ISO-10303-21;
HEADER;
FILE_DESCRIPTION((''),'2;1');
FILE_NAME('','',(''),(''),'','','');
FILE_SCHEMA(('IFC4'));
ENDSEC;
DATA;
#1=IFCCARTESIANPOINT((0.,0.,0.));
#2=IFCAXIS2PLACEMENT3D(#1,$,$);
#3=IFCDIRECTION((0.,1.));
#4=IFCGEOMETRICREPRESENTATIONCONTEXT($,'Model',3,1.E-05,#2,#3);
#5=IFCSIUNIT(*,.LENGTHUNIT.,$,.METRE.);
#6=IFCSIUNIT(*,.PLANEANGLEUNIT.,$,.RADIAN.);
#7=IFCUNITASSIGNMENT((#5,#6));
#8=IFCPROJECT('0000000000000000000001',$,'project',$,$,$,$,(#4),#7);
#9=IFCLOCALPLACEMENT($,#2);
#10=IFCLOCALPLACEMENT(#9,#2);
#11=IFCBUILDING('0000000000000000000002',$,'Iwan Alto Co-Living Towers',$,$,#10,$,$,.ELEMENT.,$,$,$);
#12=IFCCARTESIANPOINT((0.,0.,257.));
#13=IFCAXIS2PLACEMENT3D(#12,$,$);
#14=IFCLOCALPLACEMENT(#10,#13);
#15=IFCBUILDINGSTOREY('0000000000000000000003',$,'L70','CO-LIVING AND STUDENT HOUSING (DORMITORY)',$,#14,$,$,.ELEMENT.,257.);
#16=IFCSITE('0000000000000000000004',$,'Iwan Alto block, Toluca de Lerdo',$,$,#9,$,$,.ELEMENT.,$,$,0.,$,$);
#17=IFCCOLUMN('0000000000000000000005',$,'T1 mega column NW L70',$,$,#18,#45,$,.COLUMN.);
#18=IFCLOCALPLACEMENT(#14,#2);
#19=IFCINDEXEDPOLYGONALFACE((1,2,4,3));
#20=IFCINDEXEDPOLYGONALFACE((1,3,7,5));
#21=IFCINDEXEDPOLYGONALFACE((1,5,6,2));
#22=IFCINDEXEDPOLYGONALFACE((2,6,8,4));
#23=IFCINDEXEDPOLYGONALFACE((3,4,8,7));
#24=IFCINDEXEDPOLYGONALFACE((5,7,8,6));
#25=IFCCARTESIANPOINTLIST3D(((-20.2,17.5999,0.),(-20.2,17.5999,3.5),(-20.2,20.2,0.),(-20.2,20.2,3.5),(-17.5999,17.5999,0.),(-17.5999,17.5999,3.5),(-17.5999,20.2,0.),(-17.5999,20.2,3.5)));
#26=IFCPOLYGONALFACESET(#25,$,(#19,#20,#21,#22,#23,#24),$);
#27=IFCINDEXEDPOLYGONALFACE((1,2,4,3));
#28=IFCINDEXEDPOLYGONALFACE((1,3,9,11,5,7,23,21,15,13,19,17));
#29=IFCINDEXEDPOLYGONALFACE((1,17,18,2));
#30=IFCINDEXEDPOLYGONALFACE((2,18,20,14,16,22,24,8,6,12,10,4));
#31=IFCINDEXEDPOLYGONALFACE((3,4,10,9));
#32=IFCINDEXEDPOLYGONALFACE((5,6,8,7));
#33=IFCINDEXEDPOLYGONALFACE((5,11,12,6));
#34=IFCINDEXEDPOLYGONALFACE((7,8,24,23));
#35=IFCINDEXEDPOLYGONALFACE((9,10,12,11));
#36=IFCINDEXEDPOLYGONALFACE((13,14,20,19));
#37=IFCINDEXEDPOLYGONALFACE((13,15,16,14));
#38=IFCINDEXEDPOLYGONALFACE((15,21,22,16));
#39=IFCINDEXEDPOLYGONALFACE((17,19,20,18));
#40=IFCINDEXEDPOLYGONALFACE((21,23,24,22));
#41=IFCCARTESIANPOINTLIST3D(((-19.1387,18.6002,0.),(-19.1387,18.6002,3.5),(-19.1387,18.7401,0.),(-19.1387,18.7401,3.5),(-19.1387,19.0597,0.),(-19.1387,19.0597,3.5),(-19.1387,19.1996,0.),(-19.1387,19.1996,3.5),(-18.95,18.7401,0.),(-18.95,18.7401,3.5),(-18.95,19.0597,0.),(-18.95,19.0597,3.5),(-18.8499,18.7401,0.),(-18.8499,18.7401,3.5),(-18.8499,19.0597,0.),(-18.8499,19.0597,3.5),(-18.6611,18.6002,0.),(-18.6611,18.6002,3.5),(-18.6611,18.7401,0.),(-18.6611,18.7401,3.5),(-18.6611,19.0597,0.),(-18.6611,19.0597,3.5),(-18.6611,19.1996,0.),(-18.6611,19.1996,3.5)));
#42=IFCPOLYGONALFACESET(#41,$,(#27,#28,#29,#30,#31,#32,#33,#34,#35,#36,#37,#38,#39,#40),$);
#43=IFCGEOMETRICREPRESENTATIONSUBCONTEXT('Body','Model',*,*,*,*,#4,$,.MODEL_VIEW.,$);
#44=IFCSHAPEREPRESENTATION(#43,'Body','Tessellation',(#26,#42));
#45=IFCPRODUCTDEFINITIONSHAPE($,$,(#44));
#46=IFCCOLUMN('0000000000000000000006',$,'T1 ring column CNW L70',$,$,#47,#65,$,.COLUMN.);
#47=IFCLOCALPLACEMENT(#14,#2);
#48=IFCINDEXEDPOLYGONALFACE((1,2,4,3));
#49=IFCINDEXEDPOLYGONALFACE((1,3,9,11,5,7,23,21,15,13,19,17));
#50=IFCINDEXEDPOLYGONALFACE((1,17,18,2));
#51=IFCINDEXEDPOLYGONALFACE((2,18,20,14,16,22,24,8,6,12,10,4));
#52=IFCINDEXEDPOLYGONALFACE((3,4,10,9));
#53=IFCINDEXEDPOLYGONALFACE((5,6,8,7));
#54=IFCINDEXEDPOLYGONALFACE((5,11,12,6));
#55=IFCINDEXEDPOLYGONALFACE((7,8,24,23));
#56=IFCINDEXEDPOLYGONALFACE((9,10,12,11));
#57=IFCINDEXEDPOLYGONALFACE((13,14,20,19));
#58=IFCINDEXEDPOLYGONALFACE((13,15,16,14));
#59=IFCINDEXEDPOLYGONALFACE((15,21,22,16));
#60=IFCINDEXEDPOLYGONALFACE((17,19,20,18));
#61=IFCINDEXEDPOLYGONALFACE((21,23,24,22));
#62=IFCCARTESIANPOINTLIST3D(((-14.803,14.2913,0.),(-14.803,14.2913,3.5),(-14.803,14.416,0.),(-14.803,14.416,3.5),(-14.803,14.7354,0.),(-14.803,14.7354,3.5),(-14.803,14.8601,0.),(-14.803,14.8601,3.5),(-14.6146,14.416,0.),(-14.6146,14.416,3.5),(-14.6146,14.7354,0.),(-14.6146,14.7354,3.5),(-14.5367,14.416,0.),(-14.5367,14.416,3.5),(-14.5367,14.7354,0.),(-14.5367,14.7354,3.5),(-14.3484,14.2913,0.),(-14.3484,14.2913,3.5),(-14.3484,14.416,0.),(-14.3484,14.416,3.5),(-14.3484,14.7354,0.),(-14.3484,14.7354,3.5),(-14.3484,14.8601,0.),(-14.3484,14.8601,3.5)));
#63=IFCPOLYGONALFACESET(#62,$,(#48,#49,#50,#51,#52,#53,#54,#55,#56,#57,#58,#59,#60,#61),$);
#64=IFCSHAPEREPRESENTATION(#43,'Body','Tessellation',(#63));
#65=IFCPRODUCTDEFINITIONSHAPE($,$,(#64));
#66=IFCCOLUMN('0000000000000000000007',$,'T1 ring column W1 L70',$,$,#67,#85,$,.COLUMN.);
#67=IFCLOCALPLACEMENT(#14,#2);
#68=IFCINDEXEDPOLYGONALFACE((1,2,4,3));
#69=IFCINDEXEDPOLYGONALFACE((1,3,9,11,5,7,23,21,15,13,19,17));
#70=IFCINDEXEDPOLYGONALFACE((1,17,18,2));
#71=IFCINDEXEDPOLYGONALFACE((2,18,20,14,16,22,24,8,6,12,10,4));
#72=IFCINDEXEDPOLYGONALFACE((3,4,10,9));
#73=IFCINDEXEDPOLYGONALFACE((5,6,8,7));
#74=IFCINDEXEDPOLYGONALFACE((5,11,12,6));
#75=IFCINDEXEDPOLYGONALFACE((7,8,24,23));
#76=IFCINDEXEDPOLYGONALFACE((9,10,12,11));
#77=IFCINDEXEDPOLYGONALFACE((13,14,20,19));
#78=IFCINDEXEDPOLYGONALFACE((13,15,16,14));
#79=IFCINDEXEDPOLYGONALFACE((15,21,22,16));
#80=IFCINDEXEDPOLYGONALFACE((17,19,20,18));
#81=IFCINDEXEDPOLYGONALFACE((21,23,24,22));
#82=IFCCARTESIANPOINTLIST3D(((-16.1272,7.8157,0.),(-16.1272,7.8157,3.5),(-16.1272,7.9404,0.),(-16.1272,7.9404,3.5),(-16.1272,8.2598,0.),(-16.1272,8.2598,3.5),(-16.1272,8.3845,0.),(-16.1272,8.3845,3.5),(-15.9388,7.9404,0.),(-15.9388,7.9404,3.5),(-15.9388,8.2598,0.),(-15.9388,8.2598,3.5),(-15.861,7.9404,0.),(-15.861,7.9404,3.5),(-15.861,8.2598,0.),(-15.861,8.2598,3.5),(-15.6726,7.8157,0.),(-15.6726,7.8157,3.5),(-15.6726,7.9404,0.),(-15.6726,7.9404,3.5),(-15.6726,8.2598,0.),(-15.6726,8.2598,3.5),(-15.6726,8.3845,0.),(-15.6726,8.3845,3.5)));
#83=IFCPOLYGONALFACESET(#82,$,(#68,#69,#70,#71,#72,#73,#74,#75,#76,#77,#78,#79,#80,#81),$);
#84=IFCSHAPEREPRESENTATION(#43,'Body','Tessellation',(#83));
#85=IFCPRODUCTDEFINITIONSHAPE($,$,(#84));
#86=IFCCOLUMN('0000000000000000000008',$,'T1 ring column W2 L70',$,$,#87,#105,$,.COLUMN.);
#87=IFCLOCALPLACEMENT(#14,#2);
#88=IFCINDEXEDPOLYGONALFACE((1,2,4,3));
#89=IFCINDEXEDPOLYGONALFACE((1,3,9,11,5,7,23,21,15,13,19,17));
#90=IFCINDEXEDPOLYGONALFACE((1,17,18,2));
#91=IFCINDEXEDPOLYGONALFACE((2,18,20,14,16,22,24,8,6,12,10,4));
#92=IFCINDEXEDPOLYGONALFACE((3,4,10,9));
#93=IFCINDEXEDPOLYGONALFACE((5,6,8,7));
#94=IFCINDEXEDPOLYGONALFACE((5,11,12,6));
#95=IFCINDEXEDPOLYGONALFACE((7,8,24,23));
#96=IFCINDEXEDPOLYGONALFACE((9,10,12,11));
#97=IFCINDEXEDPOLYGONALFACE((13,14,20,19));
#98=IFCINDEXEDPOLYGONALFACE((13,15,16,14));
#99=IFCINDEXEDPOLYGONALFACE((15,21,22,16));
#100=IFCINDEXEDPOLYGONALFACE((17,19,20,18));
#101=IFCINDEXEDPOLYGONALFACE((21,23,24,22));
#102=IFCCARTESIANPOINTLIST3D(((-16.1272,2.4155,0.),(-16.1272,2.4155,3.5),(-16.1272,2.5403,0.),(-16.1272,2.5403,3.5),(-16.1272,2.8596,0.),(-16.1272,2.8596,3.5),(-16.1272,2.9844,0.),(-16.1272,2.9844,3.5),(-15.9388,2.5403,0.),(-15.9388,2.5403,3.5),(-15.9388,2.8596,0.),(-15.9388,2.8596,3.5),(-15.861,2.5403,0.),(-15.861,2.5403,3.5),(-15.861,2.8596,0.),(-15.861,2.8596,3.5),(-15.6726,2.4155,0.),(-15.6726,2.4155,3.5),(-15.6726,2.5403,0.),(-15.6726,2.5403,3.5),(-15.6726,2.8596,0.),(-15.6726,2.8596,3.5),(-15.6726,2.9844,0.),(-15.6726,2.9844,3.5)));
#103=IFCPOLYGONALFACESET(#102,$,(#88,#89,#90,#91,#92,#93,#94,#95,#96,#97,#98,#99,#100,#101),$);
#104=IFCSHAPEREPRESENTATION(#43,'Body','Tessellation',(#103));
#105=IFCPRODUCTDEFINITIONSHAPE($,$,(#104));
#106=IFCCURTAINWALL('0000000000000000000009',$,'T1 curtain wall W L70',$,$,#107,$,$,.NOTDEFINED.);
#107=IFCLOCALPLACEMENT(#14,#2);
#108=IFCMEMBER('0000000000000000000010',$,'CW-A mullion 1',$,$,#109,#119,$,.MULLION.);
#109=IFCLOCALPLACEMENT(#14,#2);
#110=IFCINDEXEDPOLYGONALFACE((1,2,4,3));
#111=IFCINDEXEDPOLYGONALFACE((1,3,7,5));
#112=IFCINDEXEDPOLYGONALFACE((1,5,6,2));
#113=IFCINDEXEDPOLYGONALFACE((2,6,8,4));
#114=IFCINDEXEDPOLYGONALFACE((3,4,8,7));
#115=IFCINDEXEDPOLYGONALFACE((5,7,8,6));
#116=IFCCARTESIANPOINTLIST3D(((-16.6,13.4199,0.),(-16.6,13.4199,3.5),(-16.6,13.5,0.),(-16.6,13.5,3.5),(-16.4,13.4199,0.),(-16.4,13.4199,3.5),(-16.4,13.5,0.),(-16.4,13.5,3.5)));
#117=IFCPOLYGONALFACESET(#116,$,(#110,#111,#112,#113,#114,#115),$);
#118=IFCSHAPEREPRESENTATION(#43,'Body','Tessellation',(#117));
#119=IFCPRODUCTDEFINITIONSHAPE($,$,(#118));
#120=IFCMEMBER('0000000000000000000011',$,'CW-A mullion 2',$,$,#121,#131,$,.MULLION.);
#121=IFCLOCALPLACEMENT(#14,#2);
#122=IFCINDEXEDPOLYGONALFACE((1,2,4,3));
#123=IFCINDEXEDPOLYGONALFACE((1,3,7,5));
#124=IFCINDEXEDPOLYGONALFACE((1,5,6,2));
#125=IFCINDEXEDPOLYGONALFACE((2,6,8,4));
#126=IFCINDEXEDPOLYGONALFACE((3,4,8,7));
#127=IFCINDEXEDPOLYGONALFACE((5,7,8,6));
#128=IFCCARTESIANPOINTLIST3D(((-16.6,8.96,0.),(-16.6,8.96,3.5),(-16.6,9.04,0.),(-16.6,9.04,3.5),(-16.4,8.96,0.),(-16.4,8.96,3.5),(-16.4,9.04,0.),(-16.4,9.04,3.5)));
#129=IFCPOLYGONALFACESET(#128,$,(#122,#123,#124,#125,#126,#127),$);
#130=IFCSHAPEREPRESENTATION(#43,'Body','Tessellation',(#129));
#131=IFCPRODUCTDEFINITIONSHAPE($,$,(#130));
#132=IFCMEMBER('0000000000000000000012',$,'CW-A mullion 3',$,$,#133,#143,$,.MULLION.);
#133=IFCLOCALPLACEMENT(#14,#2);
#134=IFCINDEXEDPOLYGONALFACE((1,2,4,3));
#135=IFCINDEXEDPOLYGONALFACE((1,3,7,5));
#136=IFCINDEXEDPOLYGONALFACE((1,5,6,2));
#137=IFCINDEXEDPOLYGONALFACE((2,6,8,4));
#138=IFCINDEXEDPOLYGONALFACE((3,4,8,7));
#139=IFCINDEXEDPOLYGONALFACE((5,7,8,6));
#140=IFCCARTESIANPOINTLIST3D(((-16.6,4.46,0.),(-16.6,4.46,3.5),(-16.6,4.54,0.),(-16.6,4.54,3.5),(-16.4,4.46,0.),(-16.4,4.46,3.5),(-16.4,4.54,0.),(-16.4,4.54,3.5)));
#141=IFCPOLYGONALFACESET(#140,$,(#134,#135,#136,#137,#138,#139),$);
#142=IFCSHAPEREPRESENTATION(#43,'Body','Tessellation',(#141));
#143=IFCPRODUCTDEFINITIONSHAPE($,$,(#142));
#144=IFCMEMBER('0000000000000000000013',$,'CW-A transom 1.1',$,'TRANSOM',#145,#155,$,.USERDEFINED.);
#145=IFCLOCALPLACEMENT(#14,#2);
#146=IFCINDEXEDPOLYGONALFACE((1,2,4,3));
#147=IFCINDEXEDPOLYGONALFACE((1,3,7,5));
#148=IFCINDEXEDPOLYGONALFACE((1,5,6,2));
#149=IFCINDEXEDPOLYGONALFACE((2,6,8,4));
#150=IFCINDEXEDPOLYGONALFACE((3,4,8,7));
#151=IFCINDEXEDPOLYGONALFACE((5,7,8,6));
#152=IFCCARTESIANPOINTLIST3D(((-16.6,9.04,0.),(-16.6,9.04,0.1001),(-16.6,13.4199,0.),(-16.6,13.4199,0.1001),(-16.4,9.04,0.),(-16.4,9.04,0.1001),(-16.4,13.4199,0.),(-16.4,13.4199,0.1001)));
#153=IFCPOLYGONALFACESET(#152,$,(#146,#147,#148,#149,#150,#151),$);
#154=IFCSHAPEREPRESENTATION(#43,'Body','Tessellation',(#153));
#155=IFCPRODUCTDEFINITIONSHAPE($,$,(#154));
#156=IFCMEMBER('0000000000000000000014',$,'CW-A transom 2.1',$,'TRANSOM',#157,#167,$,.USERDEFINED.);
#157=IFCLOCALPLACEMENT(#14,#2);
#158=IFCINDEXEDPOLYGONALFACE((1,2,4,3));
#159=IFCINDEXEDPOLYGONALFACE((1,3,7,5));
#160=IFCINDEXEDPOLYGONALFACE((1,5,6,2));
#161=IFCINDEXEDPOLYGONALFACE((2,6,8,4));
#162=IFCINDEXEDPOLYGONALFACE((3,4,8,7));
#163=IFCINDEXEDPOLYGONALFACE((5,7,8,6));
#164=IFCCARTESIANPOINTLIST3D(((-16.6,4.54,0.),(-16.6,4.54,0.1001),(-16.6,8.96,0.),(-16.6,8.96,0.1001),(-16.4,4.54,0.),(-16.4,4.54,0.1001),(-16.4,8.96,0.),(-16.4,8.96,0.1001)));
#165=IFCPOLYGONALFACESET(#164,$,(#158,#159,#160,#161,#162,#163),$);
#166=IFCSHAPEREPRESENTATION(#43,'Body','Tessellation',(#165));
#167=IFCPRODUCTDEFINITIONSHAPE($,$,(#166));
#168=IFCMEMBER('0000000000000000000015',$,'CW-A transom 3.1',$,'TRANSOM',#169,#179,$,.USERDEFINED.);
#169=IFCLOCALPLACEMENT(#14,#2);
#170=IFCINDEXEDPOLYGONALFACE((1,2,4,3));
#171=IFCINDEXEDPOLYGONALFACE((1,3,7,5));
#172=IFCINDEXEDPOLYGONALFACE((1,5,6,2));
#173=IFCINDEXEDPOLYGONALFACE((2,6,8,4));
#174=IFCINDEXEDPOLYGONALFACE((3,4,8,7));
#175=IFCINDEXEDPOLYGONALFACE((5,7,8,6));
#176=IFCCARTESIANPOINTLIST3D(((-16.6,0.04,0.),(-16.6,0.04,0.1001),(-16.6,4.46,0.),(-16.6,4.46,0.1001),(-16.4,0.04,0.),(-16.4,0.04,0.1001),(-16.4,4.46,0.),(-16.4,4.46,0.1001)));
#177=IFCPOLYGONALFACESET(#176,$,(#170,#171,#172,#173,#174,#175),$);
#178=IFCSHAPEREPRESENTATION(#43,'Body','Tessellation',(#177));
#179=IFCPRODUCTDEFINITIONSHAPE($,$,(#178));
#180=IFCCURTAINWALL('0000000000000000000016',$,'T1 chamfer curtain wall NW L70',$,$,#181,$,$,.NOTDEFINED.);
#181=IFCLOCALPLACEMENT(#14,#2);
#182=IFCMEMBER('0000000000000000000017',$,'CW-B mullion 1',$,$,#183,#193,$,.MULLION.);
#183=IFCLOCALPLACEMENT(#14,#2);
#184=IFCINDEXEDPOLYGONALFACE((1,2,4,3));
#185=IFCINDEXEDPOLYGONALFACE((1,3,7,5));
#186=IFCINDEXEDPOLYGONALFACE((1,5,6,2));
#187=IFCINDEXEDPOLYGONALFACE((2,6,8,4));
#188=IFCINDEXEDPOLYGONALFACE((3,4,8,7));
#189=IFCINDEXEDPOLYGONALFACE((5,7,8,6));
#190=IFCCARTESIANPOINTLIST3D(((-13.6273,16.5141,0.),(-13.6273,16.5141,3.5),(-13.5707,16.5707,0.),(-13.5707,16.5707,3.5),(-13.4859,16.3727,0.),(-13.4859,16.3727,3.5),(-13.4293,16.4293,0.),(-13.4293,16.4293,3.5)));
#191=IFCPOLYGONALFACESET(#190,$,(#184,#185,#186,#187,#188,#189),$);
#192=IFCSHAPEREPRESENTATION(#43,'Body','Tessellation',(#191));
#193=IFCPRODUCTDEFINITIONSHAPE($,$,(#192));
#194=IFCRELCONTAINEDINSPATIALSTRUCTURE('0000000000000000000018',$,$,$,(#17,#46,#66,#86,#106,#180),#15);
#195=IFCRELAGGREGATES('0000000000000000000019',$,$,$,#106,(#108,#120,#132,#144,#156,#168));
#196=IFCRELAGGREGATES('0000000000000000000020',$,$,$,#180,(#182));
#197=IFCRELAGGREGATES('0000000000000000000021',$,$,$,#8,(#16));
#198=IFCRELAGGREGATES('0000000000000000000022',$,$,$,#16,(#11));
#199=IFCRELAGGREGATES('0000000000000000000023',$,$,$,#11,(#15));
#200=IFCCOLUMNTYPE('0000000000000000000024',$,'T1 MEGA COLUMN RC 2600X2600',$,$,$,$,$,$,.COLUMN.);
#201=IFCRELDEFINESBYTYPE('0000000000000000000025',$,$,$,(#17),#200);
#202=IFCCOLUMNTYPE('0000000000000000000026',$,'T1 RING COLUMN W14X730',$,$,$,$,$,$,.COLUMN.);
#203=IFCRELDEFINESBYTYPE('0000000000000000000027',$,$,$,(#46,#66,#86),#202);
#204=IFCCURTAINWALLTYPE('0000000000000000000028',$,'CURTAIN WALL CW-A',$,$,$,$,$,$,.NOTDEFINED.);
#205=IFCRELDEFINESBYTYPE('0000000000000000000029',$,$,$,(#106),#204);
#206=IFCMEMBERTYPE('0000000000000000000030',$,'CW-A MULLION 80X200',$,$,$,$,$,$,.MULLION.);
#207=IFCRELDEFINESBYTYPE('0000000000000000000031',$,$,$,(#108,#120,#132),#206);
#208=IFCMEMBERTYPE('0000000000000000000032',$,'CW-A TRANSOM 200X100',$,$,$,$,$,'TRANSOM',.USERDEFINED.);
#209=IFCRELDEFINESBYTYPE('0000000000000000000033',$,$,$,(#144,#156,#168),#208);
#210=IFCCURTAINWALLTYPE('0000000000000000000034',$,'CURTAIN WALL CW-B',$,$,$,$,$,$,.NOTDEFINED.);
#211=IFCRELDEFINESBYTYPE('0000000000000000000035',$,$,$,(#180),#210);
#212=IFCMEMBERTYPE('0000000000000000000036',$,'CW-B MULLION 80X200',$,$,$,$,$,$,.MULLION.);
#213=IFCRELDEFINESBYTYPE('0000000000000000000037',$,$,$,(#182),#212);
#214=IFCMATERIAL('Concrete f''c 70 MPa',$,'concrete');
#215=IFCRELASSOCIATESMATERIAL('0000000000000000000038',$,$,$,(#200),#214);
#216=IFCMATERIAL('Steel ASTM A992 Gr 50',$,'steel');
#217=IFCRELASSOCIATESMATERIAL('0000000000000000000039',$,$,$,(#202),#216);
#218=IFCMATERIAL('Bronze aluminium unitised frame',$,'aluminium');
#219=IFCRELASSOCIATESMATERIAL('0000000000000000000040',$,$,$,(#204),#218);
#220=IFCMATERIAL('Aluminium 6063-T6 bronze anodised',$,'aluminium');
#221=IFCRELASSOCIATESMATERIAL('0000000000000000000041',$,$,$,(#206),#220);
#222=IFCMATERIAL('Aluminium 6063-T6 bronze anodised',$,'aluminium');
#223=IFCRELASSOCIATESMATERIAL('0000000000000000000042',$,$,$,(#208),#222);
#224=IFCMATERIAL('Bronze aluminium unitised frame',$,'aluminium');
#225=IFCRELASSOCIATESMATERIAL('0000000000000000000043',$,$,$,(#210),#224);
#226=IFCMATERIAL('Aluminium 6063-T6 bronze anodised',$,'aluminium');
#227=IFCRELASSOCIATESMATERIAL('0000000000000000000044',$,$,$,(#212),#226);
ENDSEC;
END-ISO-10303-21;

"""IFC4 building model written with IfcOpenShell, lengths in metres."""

from ifc_helpers import new_model, si_unit, direction, frame, origin, origin_2d, place, context, subcontext, project, spatial, rectangle, i_section, extrude, material, material_profile, profile_set, type_object, element, aggregate, save


model = new_model("IFC4")

# Units and contexts
model_context = context("Model", 3, precision=1e-05, world=origin(), true_north=direction((0.0, 1.0)))
body_context = subcontext(model_context, "Body", "Model", "MODEL_VIEW")
ifc_project = project(units=[si_unit("LENGTHUNIT", "METRE"), si_unit("PLANEANGLEUNIT", "RADIAN")], contexts=[model_context])

# Site, building, storey
site_placement = place(None, origin())
site = spatial("IfcSite", under=ifc_project, at=site_placement, Name="Iwan Alto block, Toluca de Lerdo", CompositionType="ELEMENT", RefElevation=0.0)
building_placement = place(site_placement, origin())
building = spatial("IfcBuilding", under=site, at=building_placement, Name="Iwan Alto Co-Living Towers", CompositionType="ELEMENT")
storey_placement = place(building_placement, frame((0.0, 0.0, 257.0)))
storey = spatial("IfcBuildingStorey", under=building, at=storey_placement, Name="L70", Description="CO-LIVING AND STUDENT HOUSING (DORMITORY)", CompositionType="ELEMENT", Elevation=257.0)

# Columns
ifc_material_1 = material(Name="Concrete f'c 70 MPa", Category="concrete")
ifc_material_profile_1 = material_profile(ifc_material_1, rectangle(XDim=2.6001, YDim=2.6001, at=origin_2d()), Name="RC 2600X2600")
ifc_profile_set_1 = profile_set([ifc_material_profile_1], Name="Concrete f'c 70 MPa")
column_type_1 = type_object("IfcColumnType", Name="T1 MEGA COLUMN RC 2600X2600", PredefinedType="COLUMN", material=ifc_profile_set_1)
column_placement = place(storey_placement, frame((-18.8999, 18.8999, 0.0), z_axis=(0.0, 0.0, 1.0), x_axis=(1.0, 0.0, 0.0)))
element("IfcColumn", 1, at=column_placement, inside=storey, type_object=column_type_1, Name="T1 mega column NW L70", PredefinedType="COLUMN", context=body_context, shape_type="SweptSolid", body=[
    extrude(rectangle(XDim=2.6001, YDim=2.6001, at=origin_2d()), origin(), (0.0, 0.0, 1.0), 3.5),
    extrude(i_section(OverallWidth=0.4775, OverallDepth=0.5994, WebThickness=0.1001, FlangeThickness=0.1399, at=origin_2d()), origin(), (0.0, 0.0, 1.0), 3.5),
])
ifc_material_2 = material(Name="Steel ASTM A992 Gr 50", Category="steel")
ifc_material_profile_2 = material_profile(ifc_material_2, i_section(OverallWidth=0.4546, OverallDepth=0.5688, WebThickness=0.0779, FlangeThickness=0.1248, at=origin_2d()), Name="W14X730")
ifc_profile_set_2 = profile_set([ifc_material_profile_2], Name="Steel ASTM A992 Gr 50")
column_type_2 = type_object("IfcColumnType", Name="T1 RING COLUMN W14X730", PredefinedType="COLUMN", material=ifc_profile_set_2)
for number, where, z_axis, x_axis, name in (
    (2, (-14.5757, 14.5757, 0.0), (0.0, 0.0, 1.0), (1.0, 0.0, 0.0), "T1 ring column CNW L70"),
    (3, (-15.8999, 8.1001, 0.0), (0.0, 0.0, 1.0), (1.0, 0.0, 0.0), "T1 ring column W1 L70"),
    (4, (-15.8999, 2.7, 0.0), (0.0, 0.0, 1.0), (1.0, 0.0, 0.0), "T1 ring column W2 L70"),
):
    element("IfcColumn", number, at=place(storey_placement, frame(where, z_axis=z_axis, x_axis=x_axis)), inside=storey, type_object=column_type_2, Name=name, PredefinedType="COLUMN", context=body_context, shape_type="SweptSolid", body=[
        extrude(i_section(OverallWidth=0.4546, OverallDepth=0.5688, WebThickness=0.0779, FlangeThickness=0.1248, at=origin_2d()), origin(), (0.0, 0.0, 1.0), 3.5),
    ])

# Curtain walls, members
ifc_material_3 = material(Name="Bronze aluminium unitised frame", Category="aluminium")
curtain_wall_type_1 = type_object("IfcCurtainWallType", Name="CURTAIN WALL CW-A", PredefinedType="NOTDEFINED", material=ifc_material_3)
curtain_wall_1_placement = place(storey_placement, origin())
curtain_wall_1 = element("IfcCurtainWall", 5, at=curtain_wall_1_placement, inside=storey, type_object=curtain_wall_type_1, Name="T1 curtain wall W L70", PredefinedType="NOTDEFINED")
ifc_material_4 = material(Name="Aluminium 6063-T6 bronze anodised", Category="aluminium")
ifc_material_profile_3 = material_profile(ifc_material_4, rectangle(XDim=0.2, YDim=0.0801, at=origin_2d()), Name="AL 80X200")
ifc_profile_set_3 = profile_set([ifc_material_profile_3], Name="Aluminium 6063-T6 bronze anodised")
member_type_1 = type_object("IfcMemberType", Name="CW-A MULLION 80X200", PredefinedType="MULLION", material=ifc_profile_set_3)
member_1_placement = place(storey_placement, frame((-16.5, 13.46, 0.0), z_axis=(0.0, 0.0, 1.0), x_axis=(1.0, 0.0, 0.0)))
member_1 = element("IfcMember", 6, at=member_1_placement, type_object=member_type_1, Name="CW-A mullion 1", PredefinedType="MULLION", context=body_context, shape_type="SweptSolid", body=[
    extrude(rectangle(XDim=0.2, YDim=0.0801, at=origin_2d()), origin(), (0.0, 0.0, 1.0), 3.5),
])
member_2_placement = place(storey_placement, frame((-16.5, 9.0, 0.0), z_axis=(0.0, 0.0, 1.0), x_axis=(1.0, 0.0, 0.0)))
member_2 = element("IfcMember", 7, at=member_2_placement, type_object=member_type_1, Name="CW-A mullion 2", PredefinedType="MULLION", context=body_context, shape_type="SweptSolid", body=[
    extrude(rectangle(XDim=0.2, YDim=0.0801, at=origin_2d()), origin(), (0.0, 0.0, 1.0), 3.5),
])
member_3_placement = place(storey_placement, frame((-16.5, 4.5, 0.0), z_axis=(0.0, 0.0, 1.0), x_axis=(1.0, 0.0, 0.0)))
member_3 = element("IfcMember", 8, at=member_3_placement, type_object=member_type_1, Name="CW-A mullion 3", PredefinedType="MULLION", context=body_context, shape_type="SweptSolid", body=[
    extrude(rectangle(XDim=0.2, YDim=0.0801, at=origin_2d()), origin(), (0.0, 0.0, 1.0), 3.5),
])
ifc_material_5 = material(Name="Aluminium 6063-T6 bronze anodised", Category="aluminium")
ifc_material_profile_4 = material_profile(ifc_material_5, rectangle(XDim=0.2, YDim=0.1001, at=origin_2d()), Name="AL 200X100")
ifc_profile_set_4 = profile_set([ifc_material_profile_4], Name="Aluminium 6063-T6 bronze anodised")
member_type_2 = type_object("IfcMemberType", Name="CW-A TRANSOM 200X100", ElementType="TRANSOM", PredefinedType="USERDEFINED", material=ifc_profile_set_4)
member_4_placement = place(storey_placement, frame((-16.5, 13.4199, 0.05), z_axis=(0.0, -1.0, 0.0), x_axis=(1.0, 0.0, 0.0)))
member_4 = element("IfcMember", 9, at=member_4_placement, type_object=member_type_2, Name="CW-A transom 1.1", ObjectType="TRANSOM", PredefinedType="USERDEFINED", context=body_context, shape_type="SweptSolid", body=[
    extrude(rectangle(XDim=0.2, YDim=0.1001, at=origin_2d()), origin(), (0.0, 0.0, 1.0), 4.3799),
])
member_5_placement = place(storey_placement, frame((-16.5, 8.96, 0.05), z_axis=(0.0, -1.0, 0.0), x_axis=(1.0, 0.0, 0.0)))
member_5 = element("IfcMember", 10, at=member_5_placement, type_object=member_type_2, Name="CW-A transom 2.1", ObjectType="TRANSOM", PredefinedType="USERDEFINED", context=body_context, shape_type="SweptSolid", body=[
    extrude(rectangle(XDim=0.2, YDim=0.1001, at=origin_2d()), origin(), (0.0, 0.0, 1.0), 4.4199),
])
member_6_placement = place(storey_placement, frame((-16.5, 4.46, 0.05), z_axis=(0.0, -1.0, 0.0), x_axis=(1.0, 0.0, 0.0)))
member_6 = element("IfcMember", 11, at=member_6_placement, type_object=member_type_2, Name="CW-A transom 3.1", ObjectType="TRANSOM", PredefinedType="USERDEFINED", context=body_context, shape_type="SweptSolid", body=[
    extrude(rectangle(XDim=0.2, YDim=0.1001, at=origin_2d()), origin(), (0.0, 0.0, 1.0), 4.4199),
])
ifc_material_6 = material(Name="Bronze aluminium unitised frame", Category="aluminium")
curtain_wall_type_2 = type_object("IfcCurtainWallType", Name="CURTAIN WALL CW-B", PredefinedType="NOTDEFINED", material=ifc_material_6)
curtain_wall_2_placement = place(storey_placement, origin())
curtain_wall_2 = element("IfcCurtainWall", 12, at=curtain_wall_2_placement, inside=storey, type_object=curtain_wall_type_2, Name="T1 chamfer curtain wall NW L70", PredefinedType="NOTDEFINED")
ifc_material_7 = material(Name="Aluminium 6063-T6 bronze anodised", Category="aluminium")
ifc_material_profile_5 = material_profile(ifc_material_7, rectangle(XDim=0.2, YDim=0.0801, at=origin_2d()), Name="AL 80X200")
ifc_profile_set_5 = profile_set([ifc_material_profile_5], Name="Aluminium 6063-T6 bronze anodised")
member_type_3 = type_object("IfcMemberType", Name="CW-B MULLION 80X200", PredefinedType="MULLION", material=ifc_profile_set_5)
member_7_placement = place(storey_placement, frame((-13.5283, 16.4717, 0.0), z_axis=(0.0, 0.0, 1.0), x_axis=(0.707107, -0.707107, 0.0)))
member_7 = element("IfcMember", 13, at=member_7_placement, type_object=member_type_3, Name="CW-B mullion 1", PredefinedType="MULLION", context=body_context, shape_type="SweptSolid", body=[
    extrude(rectangle(XDim=0.2, YDim=0.0801, at=origin_2d()), origin(), (0.0, 0.0, 1.0), 3.5),
])

aggregate(curtain_wall_1, [member_1, member_2, member_3, member_4, member_5, member_6])
aggregate(curtain_wall_2, [member_7])

save(model, "model.ifc")
